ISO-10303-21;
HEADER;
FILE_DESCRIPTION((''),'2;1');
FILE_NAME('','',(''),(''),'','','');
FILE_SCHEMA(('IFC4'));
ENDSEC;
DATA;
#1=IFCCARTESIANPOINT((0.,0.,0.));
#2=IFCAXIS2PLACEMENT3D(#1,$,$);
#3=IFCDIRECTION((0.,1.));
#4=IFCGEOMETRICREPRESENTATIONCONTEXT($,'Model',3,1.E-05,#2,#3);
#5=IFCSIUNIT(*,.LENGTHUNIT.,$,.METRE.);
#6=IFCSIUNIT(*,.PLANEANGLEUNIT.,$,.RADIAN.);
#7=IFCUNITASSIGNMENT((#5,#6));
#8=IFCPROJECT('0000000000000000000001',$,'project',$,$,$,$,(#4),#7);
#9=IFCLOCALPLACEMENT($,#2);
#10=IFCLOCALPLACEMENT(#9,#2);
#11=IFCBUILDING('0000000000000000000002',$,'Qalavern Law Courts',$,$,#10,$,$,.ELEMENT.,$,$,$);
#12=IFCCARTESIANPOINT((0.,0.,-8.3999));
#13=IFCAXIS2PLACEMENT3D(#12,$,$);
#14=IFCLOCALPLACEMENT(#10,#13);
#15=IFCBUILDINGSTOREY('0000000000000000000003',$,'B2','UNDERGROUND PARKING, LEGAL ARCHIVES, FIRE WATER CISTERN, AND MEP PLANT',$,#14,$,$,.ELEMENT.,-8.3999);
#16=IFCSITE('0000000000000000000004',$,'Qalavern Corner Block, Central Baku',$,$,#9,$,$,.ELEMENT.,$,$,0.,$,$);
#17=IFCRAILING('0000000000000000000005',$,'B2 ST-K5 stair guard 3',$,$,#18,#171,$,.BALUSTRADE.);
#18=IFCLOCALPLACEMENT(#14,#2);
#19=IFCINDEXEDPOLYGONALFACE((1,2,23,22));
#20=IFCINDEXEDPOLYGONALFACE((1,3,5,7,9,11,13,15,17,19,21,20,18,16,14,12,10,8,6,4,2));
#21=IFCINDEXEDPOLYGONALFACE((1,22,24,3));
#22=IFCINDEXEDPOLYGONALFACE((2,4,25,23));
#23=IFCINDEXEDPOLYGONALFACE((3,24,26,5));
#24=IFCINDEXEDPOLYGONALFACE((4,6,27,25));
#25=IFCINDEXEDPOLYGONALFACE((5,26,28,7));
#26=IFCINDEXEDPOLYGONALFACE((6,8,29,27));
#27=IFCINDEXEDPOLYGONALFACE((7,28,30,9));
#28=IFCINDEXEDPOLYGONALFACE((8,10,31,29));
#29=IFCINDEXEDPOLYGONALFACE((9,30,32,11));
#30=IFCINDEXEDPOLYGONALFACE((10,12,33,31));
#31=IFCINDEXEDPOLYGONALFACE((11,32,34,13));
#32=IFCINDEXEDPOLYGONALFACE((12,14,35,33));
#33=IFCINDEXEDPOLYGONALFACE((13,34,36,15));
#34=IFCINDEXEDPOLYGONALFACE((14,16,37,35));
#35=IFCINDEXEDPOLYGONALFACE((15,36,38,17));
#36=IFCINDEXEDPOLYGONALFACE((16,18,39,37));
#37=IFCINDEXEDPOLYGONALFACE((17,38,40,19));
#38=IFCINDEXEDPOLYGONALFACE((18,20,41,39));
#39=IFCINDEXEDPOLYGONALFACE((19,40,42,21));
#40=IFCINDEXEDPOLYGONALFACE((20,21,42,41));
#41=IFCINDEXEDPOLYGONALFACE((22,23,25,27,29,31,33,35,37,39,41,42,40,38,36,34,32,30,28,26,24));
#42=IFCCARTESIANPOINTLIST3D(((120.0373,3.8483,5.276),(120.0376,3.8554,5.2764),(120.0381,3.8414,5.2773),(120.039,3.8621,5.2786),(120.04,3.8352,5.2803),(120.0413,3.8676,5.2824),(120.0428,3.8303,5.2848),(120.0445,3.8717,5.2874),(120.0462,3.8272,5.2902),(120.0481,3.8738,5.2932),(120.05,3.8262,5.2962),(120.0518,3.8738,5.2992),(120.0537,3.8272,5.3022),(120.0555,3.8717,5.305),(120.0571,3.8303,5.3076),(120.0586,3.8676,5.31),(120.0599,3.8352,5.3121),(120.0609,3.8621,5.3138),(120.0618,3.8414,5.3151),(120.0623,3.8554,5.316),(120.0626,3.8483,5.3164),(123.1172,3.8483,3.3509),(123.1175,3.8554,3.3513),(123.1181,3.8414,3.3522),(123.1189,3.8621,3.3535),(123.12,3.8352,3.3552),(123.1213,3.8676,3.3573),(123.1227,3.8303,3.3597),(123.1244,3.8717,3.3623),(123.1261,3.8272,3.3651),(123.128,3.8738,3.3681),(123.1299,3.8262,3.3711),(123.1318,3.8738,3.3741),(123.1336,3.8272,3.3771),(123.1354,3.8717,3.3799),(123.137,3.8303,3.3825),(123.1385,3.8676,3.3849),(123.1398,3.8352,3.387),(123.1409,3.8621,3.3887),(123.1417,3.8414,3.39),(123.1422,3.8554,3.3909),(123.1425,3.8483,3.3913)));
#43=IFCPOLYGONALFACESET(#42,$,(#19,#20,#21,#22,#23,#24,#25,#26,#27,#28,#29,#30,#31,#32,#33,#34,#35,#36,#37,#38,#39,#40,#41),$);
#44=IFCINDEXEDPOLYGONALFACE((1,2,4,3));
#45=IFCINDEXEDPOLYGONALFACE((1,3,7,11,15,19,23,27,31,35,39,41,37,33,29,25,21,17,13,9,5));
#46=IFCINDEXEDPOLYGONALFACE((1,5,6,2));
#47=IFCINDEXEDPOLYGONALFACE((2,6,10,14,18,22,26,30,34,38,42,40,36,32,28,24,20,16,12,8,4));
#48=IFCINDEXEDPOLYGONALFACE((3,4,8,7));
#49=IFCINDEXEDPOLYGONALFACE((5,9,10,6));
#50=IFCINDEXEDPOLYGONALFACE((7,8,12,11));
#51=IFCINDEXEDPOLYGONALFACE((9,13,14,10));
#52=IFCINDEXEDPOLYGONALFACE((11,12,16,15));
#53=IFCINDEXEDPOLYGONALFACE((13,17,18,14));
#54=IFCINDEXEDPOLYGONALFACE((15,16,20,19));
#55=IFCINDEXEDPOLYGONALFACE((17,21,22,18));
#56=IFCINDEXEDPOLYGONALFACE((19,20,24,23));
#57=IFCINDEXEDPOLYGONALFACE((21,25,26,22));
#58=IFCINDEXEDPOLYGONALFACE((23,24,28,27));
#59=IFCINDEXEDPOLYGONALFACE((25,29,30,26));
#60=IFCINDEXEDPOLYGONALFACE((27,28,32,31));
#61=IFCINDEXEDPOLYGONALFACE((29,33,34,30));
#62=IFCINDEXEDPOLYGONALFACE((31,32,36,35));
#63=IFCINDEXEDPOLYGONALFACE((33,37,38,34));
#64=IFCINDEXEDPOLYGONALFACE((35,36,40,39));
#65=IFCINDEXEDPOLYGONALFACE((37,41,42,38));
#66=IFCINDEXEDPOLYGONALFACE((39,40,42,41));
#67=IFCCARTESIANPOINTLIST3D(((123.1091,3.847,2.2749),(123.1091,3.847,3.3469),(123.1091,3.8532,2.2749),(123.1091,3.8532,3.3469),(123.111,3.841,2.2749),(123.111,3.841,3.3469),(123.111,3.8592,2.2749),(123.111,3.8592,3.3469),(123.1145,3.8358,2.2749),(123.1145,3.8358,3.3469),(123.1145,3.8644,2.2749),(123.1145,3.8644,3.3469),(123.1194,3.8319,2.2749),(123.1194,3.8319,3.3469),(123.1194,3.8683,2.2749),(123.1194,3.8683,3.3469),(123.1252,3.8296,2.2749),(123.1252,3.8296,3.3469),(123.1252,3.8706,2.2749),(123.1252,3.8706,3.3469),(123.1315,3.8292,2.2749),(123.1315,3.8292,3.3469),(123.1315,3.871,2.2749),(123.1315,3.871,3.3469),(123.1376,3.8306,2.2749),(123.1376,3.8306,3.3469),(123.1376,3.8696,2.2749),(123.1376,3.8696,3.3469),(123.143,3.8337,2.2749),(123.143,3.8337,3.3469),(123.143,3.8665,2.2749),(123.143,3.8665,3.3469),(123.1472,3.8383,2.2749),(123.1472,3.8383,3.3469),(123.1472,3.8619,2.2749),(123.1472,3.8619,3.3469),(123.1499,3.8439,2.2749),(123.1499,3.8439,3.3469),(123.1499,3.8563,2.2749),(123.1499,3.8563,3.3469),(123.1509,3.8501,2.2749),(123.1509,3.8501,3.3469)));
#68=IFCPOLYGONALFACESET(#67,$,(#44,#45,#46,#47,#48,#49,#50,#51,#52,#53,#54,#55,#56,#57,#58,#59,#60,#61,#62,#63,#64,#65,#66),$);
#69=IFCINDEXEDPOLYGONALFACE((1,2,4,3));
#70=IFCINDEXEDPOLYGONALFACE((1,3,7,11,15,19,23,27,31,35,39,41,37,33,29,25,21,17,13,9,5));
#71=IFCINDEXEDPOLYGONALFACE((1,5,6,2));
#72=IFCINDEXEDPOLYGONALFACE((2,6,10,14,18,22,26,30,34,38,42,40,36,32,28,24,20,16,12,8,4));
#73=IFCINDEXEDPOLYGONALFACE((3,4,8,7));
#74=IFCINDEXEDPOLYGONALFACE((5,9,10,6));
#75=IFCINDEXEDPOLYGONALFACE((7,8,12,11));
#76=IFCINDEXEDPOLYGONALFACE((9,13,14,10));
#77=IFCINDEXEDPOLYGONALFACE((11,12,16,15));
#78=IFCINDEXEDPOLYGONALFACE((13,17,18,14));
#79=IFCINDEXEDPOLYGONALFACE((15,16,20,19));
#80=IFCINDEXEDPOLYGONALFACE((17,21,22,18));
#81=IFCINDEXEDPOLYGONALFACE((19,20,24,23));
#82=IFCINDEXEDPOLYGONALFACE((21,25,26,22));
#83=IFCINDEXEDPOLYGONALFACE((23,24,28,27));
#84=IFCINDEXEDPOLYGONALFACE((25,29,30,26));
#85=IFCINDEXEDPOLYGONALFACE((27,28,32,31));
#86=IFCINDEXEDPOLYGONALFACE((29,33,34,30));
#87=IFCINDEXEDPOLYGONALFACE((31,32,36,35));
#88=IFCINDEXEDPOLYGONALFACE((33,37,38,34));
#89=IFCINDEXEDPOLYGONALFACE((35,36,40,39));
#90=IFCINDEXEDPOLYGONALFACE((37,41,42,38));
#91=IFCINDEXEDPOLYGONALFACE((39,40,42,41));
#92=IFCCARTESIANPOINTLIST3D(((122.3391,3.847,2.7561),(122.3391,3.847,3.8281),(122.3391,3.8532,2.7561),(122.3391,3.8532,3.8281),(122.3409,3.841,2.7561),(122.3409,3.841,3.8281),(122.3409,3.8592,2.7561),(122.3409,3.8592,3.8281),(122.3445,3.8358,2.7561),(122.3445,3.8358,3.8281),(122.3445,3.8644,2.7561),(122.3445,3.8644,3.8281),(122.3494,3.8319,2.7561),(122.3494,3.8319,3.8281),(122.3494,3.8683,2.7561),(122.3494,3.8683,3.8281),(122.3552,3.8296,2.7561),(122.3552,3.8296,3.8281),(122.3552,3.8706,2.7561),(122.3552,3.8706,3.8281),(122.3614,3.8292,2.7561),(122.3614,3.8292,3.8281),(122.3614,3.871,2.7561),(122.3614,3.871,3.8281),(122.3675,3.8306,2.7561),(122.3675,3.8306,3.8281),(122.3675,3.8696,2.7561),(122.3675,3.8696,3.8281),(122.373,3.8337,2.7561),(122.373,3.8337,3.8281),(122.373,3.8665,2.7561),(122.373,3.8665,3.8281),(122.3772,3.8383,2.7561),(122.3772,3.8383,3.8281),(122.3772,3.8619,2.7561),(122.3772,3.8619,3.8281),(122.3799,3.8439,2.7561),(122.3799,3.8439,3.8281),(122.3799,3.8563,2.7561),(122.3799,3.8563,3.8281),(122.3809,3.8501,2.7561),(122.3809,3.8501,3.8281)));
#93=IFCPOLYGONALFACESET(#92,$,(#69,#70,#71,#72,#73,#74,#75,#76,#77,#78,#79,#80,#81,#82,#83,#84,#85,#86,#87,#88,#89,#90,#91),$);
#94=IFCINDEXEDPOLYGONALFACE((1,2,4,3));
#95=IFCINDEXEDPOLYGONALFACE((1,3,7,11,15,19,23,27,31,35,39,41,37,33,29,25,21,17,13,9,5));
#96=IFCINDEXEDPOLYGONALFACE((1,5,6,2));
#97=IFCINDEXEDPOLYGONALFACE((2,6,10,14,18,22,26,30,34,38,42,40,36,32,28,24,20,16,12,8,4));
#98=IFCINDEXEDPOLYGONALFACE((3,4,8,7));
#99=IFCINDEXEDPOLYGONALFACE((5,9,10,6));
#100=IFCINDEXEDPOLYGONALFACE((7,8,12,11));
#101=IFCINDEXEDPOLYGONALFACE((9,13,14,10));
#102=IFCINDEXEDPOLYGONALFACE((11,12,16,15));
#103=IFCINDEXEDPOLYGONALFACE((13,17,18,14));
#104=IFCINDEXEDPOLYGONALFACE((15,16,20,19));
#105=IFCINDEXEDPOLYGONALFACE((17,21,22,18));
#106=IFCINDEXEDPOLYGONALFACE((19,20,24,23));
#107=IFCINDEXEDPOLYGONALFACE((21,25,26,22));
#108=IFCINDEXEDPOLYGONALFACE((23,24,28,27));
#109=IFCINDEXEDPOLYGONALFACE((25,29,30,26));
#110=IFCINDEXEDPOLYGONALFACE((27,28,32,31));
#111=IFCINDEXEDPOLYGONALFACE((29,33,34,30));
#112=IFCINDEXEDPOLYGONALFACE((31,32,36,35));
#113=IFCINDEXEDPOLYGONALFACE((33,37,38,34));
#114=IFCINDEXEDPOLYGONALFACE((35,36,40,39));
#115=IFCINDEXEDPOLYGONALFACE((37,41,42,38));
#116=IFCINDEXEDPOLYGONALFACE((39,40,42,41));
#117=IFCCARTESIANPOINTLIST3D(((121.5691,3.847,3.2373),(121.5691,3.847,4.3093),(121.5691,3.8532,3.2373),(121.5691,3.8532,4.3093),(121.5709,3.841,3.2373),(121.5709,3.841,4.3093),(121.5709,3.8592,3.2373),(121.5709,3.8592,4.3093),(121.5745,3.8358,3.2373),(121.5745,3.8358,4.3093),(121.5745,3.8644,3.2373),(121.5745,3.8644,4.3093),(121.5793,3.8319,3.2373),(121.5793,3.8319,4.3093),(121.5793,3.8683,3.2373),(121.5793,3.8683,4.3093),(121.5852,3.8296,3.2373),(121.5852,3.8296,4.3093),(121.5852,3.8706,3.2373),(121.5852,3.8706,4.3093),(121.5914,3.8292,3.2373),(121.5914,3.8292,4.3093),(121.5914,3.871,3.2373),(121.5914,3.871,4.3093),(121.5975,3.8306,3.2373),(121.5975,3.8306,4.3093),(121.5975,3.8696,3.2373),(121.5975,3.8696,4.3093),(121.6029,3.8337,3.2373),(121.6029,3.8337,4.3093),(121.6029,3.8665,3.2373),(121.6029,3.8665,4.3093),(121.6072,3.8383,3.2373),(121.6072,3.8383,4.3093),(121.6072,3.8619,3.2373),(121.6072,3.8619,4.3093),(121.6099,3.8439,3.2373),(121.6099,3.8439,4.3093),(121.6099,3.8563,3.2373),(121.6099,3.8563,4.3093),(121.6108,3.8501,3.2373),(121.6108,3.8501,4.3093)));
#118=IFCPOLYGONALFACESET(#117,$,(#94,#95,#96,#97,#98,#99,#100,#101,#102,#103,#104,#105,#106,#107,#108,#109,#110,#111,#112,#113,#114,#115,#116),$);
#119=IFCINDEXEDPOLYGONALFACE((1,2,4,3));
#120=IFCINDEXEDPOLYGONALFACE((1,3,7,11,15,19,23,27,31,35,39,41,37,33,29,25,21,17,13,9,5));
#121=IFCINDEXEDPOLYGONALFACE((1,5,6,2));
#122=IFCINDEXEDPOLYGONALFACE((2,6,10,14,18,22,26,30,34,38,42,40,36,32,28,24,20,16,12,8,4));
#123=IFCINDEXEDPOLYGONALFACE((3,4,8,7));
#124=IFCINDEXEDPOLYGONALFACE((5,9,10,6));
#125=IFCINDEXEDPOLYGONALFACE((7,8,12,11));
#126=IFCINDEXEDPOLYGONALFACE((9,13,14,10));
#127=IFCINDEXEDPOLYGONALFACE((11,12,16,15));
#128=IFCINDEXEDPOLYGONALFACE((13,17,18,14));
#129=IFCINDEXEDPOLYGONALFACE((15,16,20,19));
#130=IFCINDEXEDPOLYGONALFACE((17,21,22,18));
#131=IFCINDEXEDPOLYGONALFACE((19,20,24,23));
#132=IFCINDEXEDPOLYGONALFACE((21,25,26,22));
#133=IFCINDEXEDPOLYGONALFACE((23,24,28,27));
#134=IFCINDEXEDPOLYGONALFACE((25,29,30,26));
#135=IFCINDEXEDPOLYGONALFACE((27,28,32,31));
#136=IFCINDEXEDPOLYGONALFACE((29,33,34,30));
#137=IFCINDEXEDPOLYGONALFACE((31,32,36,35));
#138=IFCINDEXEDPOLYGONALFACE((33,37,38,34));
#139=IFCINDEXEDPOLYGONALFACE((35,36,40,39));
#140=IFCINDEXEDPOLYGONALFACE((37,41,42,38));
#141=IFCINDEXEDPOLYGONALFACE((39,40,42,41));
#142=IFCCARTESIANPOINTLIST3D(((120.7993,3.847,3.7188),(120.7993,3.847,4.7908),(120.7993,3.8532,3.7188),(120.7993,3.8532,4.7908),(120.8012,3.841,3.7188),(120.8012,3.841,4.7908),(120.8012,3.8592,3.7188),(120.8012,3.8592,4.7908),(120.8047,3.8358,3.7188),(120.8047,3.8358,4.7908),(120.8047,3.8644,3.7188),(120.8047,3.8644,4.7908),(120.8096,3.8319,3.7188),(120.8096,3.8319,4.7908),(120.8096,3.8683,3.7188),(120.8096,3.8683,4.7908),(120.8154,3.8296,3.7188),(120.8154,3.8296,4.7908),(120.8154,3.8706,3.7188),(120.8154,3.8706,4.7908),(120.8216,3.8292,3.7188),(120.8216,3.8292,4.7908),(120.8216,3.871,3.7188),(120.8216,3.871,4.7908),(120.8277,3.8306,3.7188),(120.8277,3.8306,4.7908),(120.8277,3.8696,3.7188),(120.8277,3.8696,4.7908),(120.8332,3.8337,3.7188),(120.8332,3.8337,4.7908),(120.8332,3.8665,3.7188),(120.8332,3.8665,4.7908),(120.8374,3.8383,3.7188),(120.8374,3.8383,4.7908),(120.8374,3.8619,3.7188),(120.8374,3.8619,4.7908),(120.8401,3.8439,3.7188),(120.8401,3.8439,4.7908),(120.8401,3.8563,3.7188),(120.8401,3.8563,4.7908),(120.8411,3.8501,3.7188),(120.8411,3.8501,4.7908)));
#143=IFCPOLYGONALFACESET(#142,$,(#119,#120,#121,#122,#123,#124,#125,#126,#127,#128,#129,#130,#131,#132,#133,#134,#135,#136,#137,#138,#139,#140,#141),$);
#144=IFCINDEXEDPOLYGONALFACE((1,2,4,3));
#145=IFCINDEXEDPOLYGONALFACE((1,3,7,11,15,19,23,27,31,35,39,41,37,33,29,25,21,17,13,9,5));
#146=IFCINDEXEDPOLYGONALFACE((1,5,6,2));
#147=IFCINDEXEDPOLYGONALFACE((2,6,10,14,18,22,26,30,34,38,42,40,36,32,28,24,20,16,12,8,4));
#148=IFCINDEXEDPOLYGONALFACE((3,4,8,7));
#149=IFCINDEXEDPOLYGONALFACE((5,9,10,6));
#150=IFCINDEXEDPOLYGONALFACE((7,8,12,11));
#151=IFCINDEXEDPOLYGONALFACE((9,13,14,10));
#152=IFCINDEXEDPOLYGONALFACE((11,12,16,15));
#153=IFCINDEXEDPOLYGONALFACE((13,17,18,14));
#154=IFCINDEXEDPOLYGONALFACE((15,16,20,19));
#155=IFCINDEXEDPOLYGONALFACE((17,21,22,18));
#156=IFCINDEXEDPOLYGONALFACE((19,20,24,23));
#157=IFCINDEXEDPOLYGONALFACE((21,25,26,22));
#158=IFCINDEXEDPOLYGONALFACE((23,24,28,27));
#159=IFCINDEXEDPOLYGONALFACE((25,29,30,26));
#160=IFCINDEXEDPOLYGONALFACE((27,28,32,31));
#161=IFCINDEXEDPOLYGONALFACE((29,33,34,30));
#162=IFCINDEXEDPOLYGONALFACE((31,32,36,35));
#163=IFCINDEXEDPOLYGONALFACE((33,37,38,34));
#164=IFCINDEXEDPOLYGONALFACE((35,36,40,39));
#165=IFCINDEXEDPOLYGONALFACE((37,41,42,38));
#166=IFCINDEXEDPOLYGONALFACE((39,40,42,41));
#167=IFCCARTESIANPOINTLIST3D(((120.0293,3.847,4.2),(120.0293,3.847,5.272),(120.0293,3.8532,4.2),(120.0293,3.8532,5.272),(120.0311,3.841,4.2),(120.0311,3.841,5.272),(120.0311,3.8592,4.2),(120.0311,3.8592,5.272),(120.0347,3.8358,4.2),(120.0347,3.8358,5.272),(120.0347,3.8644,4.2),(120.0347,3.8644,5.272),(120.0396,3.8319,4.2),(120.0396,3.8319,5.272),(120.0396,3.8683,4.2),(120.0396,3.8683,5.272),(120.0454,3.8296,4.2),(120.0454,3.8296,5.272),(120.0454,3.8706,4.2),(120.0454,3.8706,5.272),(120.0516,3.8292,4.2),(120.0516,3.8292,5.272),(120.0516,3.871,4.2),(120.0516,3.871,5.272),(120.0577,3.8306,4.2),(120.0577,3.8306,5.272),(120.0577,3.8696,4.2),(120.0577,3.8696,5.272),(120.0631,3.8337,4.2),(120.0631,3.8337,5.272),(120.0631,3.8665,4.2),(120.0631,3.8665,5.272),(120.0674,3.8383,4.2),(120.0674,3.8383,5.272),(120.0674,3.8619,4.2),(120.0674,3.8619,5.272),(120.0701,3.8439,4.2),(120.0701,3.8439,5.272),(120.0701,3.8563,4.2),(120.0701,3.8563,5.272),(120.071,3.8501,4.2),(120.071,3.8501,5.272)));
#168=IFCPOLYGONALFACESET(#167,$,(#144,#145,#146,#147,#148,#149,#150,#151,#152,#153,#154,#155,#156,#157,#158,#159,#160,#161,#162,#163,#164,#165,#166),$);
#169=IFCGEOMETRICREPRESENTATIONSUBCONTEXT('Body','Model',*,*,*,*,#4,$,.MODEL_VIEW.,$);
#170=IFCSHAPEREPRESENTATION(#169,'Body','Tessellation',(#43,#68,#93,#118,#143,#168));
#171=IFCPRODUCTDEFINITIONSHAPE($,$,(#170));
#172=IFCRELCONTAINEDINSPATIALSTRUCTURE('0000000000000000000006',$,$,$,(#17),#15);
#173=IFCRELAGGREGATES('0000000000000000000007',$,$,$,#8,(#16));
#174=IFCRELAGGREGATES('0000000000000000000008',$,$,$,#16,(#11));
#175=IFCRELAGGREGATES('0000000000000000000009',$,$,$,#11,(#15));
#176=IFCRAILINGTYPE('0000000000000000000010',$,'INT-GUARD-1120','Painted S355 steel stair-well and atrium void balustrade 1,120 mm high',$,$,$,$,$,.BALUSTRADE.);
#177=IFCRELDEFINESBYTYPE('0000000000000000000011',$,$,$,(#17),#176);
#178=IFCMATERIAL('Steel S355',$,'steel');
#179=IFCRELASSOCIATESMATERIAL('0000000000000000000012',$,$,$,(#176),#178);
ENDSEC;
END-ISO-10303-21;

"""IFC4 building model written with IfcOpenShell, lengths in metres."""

from ifc_helpers import new_model, si_unit, direction, frame, origin, origin_2d, place, context, subcontext, project, spatial, circle, extrude, material, type_object, element, save


model = new_model("IFC4")

# Units and contexts
model_context = context("Model", 3, precision=1e-05, world=origin(), true_north=direction((0.0, 1.0)))
body_context = subcontext(model_context, "Body", "Model", "MODEL_VIEW")
ifc_project = project(units=[si_unit("LENGTHUNIT", "METRE"), si_unit("PLANEANGLEUNIT", "RADIAN")], contexts=[model_context])

# Site, building, storey
site_placement = place(None, origin())
site = spatial("IfcSite", under=ifc_project, at=site_placement, Name="Qalavern Corner Block, Central Baku", CompositionType="ELEMENT", RefElevation=0.0)
building_placement = place(site_placement, origin())
building = spatial("IfcBuilding", under=site, at=building_placement, Name="Qalavern Law Courts", CompositionType="ELEMENT")
storey_placement = place(building_placement, frame((0.0, 0.0, -8.3999)))
storey = spatial("IfcBuildingStorey", under=building, at=storey_placement, Name="B2", Description="UNDERGROUND PARKING, LEGAL ARCHIVES, FIRE WATER CISTERN, AND MEP PLANT", CompositionType="ELEMENT", Elevation=-8.3999)

# Railing
ifc_material_1 = material(Name="Steel S355", Category="steel")
railing_type_1 = type_object("IfcRailingType", Name="INT-GUARD-1120", Description="Painted S355 steel stair-well and atrium void balustrade 1,120 mm high", PredefinedType="BALUSTRADE", material=ifc_material_1)
railing_1_placement = place(storey_placement, frame((123.1299, 3.8501, 2.2749)))
element("IfcRailing", 1, at=railing_1_placement, inside=storey, type_object=railing_type_1, Name="B2 ST-K5 stair guard 3", PredefinedType="BALUSTRADE", context=body_context, shape_type="SweptSolid", body=[
    extrude(circle(Radius=0.0239, at=origin_2d()), frame((0.0, 0.0, 1.0962), z_axis=(-0.847979, 0.0, 0.530029), x_axis=(0.0, -1.0, 0.0)), (0.0, 0.0, 1.0), 3.6321),
    extrude(circle(Radius=0.021, at=origin_2d()), origin(), (0.0, 0.0, 1.0), 1.072),
    extrude(circle(Radius=0.021, at=origin_2d()), frame((-0.77, 0.0, 0.4812)), (0.0, 0.0, 1.0), 1.072),
    extrude(circle(Radius=0.021, at=origin_2d()), frame((-1.54, 0.0, 0.9624)), (0.0, 0.0, 1.0), 1.072),
    extrude(circle(Radius=0.021, at=origin_2d()), frame((-2.3098, 0.0, 1.4438)), (0.0, 0.0, 1.0), 1.072),
    extrude(circle(Radius=0.021, at=origin_2d()), frame((-3.0798, 0.0, 1.925)), (0.0, 0.0, 1.0), 1.072),
])

save(model, "model.ifc")
